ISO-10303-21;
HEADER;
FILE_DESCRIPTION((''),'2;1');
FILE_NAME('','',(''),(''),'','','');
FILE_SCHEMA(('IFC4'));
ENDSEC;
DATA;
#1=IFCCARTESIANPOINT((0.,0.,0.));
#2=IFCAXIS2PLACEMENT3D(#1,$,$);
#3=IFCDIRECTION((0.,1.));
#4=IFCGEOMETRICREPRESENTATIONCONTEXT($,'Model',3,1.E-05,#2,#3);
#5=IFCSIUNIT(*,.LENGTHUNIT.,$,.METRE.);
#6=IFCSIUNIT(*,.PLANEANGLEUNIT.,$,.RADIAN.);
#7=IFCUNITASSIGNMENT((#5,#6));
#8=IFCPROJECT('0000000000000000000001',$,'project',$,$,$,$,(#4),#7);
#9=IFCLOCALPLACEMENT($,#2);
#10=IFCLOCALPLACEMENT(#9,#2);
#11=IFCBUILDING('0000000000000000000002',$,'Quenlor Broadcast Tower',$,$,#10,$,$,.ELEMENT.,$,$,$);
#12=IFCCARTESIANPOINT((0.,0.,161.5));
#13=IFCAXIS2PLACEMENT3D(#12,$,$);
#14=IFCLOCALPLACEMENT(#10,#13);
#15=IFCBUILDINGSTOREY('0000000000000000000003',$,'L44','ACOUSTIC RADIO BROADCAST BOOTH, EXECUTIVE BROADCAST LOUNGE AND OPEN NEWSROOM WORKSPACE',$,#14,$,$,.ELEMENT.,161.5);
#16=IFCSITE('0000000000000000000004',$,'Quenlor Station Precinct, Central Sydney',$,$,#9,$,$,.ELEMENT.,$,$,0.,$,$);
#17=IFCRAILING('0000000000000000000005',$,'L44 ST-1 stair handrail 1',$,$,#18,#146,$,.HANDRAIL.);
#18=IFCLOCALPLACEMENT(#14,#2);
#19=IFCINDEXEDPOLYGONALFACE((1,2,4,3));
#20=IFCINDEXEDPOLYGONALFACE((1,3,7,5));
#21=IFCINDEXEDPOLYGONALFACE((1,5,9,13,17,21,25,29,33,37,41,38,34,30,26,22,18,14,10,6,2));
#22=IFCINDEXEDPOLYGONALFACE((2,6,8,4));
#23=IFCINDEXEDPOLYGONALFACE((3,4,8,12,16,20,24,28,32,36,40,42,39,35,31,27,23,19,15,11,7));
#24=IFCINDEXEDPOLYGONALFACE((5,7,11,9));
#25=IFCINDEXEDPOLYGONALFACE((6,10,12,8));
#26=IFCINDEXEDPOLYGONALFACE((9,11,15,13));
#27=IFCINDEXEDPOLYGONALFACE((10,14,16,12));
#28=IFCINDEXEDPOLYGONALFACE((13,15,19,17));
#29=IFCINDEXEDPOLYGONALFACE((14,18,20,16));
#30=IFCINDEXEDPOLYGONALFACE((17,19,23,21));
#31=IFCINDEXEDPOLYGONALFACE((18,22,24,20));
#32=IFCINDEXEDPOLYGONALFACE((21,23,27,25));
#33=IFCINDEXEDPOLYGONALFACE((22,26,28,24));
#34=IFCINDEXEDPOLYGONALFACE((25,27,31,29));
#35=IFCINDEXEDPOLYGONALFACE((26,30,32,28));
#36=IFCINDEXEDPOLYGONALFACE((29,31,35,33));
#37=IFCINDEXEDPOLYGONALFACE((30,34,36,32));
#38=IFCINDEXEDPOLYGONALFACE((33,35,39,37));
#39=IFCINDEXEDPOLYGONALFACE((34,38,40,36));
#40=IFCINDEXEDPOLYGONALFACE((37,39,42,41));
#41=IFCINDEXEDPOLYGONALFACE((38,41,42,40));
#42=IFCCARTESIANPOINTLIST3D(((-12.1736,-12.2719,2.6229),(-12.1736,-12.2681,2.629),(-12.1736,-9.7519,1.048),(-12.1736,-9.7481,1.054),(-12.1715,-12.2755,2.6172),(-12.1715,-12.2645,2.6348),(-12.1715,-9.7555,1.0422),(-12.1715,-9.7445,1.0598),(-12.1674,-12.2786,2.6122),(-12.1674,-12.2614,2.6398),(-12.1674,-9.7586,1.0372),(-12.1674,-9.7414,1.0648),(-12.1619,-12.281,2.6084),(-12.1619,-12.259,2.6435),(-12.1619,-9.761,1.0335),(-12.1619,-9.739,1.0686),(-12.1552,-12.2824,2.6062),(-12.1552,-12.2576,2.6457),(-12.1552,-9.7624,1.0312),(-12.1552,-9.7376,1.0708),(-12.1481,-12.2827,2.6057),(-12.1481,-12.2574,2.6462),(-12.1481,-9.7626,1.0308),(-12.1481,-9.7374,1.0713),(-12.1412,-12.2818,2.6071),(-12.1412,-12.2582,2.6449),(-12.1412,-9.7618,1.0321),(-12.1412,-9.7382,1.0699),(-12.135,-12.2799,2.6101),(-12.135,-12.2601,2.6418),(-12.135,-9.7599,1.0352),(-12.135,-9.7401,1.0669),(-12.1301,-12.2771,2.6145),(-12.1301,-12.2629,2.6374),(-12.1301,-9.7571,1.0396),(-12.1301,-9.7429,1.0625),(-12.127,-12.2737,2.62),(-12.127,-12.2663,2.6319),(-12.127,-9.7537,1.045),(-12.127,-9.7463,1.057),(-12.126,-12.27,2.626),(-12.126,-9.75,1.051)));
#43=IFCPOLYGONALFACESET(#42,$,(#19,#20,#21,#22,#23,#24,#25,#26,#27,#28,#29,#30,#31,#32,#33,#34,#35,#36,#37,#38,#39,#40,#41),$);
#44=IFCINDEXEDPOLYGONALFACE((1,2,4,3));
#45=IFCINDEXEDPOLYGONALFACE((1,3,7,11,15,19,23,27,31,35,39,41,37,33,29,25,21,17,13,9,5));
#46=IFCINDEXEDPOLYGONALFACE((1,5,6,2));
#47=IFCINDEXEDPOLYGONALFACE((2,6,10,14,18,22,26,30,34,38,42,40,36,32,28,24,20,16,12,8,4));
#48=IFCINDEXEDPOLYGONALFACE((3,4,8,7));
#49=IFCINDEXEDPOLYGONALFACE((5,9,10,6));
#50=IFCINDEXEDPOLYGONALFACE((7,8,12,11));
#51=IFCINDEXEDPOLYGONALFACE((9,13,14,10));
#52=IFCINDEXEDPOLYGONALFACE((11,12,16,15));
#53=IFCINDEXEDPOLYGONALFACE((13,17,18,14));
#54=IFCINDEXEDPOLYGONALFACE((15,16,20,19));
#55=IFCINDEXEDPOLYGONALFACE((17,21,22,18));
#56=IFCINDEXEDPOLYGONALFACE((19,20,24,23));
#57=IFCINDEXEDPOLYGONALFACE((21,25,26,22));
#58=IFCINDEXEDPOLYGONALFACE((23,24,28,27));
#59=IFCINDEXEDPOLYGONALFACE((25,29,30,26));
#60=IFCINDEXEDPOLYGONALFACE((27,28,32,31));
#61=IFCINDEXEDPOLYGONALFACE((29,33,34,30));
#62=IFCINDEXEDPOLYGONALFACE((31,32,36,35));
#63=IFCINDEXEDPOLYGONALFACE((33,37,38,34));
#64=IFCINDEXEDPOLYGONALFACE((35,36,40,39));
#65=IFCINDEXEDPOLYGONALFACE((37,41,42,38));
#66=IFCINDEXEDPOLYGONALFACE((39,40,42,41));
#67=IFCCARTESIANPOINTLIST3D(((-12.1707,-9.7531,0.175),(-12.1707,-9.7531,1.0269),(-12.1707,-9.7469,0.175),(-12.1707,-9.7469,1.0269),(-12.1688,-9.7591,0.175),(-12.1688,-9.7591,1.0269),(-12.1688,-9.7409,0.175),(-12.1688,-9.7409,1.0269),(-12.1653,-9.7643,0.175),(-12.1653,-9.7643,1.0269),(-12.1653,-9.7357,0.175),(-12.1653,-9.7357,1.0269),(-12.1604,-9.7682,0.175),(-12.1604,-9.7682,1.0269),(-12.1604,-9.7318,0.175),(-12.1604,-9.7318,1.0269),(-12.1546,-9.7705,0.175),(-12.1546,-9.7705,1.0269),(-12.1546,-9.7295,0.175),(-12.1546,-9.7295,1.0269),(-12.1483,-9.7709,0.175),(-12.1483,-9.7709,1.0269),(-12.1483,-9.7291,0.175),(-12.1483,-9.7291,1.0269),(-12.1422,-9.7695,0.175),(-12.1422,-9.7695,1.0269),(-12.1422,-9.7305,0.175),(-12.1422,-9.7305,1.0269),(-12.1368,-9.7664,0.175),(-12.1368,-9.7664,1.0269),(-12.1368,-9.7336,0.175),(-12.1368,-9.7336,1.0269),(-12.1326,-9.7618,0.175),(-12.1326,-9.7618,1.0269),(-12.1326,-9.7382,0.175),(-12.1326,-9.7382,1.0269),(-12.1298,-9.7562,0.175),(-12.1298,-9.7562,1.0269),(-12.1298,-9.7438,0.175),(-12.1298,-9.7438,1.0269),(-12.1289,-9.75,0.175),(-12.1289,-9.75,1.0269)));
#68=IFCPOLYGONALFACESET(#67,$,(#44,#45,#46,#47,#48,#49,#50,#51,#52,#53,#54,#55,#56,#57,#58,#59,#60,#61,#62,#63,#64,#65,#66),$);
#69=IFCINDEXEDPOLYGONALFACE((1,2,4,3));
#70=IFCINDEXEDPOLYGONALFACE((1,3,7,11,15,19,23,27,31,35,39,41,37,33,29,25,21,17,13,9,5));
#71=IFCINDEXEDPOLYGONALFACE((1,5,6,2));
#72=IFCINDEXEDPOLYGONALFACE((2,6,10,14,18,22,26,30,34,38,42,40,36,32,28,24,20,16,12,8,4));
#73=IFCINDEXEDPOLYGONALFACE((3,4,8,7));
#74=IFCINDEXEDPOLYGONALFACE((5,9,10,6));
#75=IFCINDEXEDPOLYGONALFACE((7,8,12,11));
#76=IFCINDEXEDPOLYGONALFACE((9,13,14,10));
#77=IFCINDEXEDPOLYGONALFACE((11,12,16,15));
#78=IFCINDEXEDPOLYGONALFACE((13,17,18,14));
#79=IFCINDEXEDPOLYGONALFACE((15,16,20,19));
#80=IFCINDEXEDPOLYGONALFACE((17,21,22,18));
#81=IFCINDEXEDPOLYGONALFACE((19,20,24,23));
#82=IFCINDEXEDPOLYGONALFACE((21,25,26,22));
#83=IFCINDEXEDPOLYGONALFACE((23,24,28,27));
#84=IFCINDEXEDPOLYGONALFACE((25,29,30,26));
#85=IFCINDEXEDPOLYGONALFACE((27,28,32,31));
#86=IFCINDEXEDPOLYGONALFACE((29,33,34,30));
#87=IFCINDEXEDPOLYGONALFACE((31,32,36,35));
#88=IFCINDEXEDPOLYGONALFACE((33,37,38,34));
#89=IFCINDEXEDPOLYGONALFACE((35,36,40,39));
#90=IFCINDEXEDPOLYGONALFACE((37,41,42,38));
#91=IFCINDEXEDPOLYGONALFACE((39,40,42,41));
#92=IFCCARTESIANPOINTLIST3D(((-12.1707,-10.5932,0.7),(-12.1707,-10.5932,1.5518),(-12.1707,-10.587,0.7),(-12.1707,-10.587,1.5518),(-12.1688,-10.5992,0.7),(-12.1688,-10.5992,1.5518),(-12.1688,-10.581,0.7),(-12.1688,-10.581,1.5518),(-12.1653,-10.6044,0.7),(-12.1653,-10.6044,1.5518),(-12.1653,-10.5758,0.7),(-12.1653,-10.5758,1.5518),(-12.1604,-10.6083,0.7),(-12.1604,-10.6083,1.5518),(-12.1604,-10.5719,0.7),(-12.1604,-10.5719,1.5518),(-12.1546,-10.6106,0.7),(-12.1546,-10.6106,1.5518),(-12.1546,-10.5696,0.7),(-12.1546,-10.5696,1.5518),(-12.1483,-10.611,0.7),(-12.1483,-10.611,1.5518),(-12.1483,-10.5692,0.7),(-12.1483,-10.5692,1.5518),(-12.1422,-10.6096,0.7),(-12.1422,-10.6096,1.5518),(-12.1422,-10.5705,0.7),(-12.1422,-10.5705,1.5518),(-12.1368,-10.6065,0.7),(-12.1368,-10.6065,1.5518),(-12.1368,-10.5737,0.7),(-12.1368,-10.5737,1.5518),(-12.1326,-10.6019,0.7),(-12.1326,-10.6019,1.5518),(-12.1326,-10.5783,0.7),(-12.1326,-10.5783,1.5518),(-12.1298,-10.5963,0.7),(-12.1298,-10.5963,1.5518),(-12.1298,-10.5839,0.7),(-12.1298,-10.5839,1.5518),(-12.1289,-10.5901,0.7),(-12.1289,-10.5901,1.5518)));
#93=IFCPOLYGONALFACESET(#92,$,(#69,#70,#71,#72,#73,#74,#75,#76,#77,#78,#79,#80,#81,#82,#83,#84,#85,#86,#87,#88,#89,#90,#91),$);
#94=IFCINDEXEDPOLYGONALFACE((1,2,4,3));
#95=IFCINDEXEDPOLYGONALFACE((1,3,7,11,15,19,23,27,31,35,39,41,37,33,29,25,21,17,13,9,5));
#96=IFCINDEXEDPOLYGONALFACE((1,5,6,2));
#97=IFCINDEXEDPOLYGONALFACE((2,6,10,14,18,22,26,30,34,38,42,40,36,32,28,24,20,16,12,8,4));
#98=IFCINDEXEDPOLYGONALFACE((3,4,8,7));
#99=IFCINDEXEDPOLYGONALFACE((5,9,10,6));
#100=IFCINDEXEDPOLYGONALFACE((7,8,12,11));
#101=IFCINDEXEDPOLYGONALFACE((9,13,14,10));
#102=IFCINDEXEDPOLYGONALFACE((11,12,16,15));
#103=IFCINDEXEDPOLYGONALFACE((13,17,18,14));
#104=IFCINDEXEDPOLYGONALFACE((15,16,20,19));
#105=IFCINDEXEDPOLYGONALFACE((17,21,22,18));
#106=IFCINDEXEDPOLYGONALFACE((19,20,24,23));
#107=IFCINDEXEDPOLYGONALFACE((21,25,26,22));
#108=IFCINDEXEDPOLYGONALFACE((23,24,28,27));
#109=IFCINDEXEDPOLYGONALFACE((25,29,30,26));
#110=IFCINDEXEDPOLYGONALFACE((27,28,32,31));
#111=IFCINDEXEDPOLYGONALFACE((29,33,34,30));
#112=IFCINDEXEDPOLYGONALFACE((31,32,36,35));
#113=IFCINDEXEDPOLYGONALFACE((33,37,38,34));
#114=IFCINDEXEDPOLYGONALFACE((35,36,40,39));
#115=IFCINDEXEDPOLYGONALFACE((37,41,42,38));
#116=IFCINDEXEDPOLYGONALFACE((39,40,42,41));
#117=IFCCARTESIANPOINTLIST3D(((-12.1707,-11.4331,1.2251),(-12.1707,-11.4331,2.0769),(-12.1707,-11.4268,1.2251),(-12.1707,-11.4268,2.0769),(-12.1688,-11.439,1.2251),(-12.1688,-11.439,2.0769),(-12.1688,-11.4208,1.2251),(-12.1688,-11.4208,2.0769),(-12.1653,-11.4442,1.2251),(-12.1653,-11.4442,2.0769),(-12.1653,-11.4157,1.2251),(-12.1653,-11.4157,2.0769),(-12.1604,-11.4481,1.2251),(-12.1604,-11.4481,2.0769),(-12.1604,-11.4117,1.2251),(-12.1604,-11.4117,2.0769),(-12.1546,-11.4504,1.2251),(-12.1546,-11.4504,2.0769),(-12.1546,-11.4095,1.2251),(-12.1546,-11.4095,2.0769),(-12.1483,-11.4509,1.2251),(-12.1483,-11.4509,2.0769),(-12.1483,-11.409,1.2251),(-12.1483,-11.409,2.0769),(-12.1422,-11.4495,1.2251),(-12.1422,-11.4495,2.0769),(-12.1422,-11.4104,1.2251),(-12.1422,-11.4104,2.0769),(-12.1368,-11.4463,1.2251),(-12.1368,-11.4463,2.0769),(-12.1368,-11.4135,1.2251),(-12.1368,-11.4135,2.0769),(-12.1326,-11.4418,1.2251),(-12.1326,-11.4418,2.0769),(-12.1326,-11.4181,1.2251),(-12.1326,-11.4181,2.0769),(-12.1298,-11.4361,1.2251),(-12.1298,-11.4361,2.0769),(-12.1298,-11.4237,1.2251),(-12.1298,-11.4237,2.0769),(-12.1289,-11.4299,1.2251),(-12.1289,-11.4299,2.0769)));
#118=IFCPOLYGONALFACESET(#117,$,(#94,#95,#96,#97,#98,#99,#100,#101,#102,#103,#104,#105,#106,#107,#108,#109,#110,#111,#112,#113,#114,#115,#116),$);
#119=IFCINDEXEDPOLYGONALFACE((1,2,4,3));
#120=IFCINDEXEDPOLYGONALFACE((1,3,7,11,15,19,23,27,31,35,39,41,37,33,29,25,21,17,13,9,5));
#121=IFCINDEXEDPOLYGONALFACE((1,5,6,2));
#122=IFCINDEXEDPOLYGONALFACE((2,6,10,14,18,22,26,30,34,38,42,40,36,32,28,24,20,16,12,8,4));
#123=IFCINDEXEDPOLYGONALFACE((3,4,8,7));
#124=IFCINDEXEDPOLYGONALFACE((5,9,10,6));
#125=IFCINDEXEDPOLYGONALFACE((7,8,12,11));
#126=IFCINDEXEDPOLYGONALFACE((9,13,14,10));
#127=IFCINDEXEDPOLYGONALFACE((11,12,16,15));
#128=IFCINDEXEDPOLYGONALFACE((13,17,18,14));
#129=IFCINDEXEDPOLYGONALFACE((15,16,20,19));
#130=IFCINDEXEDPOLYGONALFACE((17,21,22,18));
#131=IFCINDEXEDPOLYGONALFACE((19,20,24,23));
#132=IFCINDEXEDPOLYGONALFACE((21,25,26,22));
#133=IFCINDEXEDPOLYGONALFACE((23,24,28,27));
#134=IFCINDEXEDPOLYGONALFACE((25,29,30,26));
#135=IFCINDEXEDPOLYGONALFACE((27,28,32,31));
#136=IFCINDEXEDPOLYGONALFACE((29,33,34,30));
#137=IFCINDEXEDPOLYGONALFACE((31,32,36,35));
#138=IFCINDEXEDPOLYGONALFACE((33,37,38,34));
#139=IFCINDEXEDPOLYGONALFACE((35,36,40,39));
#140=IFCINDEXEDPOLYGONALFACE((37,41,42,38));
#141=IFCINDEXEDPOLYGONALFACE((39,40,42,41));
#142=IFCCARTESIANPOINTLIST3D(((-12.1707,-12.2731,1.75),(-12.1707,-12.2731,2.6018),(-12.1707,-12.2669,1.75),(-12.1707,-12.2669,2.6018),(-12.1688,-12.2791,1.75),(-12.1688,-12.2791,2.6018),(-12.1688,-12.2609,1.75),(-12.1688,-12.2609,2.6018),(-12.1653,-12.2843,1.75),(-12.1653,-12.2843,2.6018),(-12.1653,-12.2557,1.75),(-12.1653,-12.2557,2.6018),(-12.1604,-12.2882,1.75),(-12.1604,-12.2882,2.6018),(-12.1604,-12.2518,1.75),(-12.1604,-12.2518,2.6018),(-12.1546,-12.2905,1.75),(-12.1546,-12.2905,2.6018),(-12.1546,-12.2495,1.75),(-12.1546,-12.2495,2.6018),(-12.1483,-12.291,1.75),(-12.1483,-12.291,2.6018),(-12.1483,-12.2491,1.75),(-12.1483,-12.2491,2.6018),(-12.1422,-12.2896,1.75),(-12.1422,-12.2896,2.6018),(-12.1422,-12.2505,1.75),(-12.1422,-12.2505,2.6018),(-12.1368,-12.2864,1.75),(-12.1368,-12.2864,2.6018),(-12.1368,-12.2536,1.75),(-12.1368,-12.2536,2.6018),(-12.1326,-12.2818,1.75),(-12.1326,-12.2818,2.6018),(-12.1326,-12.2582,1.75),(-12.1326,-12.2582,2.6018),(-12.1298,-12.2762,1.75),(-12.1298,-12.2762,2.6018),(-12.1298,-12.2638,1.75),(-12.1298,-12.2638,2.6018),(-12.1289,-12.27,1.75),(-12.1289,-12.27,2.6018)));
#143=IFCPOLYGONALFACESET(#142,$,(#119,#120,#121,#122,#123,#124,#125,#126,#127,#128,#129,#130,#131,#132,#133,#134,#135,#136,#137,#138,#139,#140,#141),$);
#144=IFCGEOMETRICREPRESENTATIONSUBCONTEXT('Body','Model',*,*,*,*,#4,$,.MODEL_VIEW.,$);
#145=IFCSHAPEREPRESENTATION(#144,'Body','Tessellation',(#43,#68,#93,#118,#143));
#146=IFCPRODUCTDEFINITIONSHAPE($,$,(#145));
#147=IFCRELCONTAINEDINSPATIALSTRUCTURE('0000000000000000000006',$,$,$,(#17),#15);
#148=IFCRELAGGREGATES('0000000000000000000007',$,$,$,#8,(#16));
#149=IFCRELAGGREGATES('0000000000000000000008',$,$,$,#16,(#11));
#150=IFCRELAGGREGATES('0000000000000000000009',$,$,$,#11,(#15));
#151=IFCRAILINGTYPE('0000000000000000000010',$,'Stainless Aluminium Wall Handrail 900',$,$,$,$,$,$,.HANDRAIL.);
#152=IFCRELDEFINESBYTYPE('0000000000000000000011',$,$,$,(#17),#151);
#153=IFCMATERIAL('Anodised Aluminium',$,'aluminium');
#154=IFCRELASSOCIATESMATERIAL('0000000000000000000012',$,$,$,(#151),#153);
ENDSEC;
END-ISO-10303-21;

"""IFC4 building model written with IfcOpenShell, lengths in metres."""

from ifc_helpers import new_model, si_unit, direction, frame, origin, origin_2d, place, context, subcontext, project, spatial, circle, extrude, material, type_object, element, save


model = new_model("IFC4")

# Units and contexts
model_context = context("Model", 3, precision=1e-05, world=origin(), true_north=direction((0.0, 1.0)))
body_context = subcontext(model_context, "Body", "Model", "MODEL_VIEW")
ifc_project = project(units=[si_unit("LENGTHUNIT", "METRE"), si_unit("PLANEANGLEUNIT", "RADIAN")], contexts=[model_context])

# Site, building, storey
site_placement = place(None, origin())
site = spatial("IfcSite", under=ifc_project, at=site_placement, Name="Quenlor Station Precinct, Central Sydney", CompositionType="ELEMENT", RefElevation=0.0)
building_placement = place(site_placement, origin())
building = spatial("IfcBuilding", under=site, at=building_placement, Name="Quenlor Broadcast Tower", CompositionType="ELEMENT")
storey_placement = place(building_placement, frame((0.0, 0.0, 161.5)))
storey = spatial("IfcBuildingStorey", under=building, at=storey_placement, Name="L44", Description="ACOUSTIC RADIO BROADCAST BOOTH, EXECUTIVE BROADCAST LOUNGE AND OPEN NEWSROOM WORKSPACE", CompositionType="ELEMENT", Elevation=161.5)

# Railing
ifc_material_1 = material(Name="Anodised Aluminium", Category="aluminium")
railing_type_1 = type_object("IfcRailingType", Name="Stainless Aluminium Wall Handrail 900", PredefinedType="HANDRAIL", material=ifc_material_1)
railing_1_placement = place(storey_placement, frame((-12.1499, -9.75, 0.175)))
element("IfcRailing", 1, at=railing_1_placement, inside=storey, type_object=railing_type_1, Name="L44 ST-1 stair handrail 1", PredefinedType="HANDRAIL", context=body_context, shape_type="SweptSolid", body=[
    extrude(circle(Radius=0.0239, at=origin_2d()), frame((0.0, 0.0, 0.876), z_axis=(0.0, -0.848008, 0.529984), x_axis=(1.0, 0.0, 0.0)), (0.0, 0.0, 1.0), 2.9717),
    extrude(circle(Radius=0.021, at=origin_2d()), origin(), (0.0, 0.0, 1.0), 0.8518),
    extrude(circle(Radius=0.021, at=origin_2d()), frame((0.0, -0.8401, 0.5249)), (0.0, 0.0, 1.0), 0.8518),
    extrude(circle(Radius=0.021, at=origin_2d()), frame((0.0, -1.6799, 1.05)), (0.0, 0.0, 1.0), 0.8518),
    extrude(circle(Radius=0.021, at=origin_2d()), frame((0.0, -2.52, 1.575)), (0.0, 0.0, 1.0), 0.8518),
])

save(model, "model.ifc")
